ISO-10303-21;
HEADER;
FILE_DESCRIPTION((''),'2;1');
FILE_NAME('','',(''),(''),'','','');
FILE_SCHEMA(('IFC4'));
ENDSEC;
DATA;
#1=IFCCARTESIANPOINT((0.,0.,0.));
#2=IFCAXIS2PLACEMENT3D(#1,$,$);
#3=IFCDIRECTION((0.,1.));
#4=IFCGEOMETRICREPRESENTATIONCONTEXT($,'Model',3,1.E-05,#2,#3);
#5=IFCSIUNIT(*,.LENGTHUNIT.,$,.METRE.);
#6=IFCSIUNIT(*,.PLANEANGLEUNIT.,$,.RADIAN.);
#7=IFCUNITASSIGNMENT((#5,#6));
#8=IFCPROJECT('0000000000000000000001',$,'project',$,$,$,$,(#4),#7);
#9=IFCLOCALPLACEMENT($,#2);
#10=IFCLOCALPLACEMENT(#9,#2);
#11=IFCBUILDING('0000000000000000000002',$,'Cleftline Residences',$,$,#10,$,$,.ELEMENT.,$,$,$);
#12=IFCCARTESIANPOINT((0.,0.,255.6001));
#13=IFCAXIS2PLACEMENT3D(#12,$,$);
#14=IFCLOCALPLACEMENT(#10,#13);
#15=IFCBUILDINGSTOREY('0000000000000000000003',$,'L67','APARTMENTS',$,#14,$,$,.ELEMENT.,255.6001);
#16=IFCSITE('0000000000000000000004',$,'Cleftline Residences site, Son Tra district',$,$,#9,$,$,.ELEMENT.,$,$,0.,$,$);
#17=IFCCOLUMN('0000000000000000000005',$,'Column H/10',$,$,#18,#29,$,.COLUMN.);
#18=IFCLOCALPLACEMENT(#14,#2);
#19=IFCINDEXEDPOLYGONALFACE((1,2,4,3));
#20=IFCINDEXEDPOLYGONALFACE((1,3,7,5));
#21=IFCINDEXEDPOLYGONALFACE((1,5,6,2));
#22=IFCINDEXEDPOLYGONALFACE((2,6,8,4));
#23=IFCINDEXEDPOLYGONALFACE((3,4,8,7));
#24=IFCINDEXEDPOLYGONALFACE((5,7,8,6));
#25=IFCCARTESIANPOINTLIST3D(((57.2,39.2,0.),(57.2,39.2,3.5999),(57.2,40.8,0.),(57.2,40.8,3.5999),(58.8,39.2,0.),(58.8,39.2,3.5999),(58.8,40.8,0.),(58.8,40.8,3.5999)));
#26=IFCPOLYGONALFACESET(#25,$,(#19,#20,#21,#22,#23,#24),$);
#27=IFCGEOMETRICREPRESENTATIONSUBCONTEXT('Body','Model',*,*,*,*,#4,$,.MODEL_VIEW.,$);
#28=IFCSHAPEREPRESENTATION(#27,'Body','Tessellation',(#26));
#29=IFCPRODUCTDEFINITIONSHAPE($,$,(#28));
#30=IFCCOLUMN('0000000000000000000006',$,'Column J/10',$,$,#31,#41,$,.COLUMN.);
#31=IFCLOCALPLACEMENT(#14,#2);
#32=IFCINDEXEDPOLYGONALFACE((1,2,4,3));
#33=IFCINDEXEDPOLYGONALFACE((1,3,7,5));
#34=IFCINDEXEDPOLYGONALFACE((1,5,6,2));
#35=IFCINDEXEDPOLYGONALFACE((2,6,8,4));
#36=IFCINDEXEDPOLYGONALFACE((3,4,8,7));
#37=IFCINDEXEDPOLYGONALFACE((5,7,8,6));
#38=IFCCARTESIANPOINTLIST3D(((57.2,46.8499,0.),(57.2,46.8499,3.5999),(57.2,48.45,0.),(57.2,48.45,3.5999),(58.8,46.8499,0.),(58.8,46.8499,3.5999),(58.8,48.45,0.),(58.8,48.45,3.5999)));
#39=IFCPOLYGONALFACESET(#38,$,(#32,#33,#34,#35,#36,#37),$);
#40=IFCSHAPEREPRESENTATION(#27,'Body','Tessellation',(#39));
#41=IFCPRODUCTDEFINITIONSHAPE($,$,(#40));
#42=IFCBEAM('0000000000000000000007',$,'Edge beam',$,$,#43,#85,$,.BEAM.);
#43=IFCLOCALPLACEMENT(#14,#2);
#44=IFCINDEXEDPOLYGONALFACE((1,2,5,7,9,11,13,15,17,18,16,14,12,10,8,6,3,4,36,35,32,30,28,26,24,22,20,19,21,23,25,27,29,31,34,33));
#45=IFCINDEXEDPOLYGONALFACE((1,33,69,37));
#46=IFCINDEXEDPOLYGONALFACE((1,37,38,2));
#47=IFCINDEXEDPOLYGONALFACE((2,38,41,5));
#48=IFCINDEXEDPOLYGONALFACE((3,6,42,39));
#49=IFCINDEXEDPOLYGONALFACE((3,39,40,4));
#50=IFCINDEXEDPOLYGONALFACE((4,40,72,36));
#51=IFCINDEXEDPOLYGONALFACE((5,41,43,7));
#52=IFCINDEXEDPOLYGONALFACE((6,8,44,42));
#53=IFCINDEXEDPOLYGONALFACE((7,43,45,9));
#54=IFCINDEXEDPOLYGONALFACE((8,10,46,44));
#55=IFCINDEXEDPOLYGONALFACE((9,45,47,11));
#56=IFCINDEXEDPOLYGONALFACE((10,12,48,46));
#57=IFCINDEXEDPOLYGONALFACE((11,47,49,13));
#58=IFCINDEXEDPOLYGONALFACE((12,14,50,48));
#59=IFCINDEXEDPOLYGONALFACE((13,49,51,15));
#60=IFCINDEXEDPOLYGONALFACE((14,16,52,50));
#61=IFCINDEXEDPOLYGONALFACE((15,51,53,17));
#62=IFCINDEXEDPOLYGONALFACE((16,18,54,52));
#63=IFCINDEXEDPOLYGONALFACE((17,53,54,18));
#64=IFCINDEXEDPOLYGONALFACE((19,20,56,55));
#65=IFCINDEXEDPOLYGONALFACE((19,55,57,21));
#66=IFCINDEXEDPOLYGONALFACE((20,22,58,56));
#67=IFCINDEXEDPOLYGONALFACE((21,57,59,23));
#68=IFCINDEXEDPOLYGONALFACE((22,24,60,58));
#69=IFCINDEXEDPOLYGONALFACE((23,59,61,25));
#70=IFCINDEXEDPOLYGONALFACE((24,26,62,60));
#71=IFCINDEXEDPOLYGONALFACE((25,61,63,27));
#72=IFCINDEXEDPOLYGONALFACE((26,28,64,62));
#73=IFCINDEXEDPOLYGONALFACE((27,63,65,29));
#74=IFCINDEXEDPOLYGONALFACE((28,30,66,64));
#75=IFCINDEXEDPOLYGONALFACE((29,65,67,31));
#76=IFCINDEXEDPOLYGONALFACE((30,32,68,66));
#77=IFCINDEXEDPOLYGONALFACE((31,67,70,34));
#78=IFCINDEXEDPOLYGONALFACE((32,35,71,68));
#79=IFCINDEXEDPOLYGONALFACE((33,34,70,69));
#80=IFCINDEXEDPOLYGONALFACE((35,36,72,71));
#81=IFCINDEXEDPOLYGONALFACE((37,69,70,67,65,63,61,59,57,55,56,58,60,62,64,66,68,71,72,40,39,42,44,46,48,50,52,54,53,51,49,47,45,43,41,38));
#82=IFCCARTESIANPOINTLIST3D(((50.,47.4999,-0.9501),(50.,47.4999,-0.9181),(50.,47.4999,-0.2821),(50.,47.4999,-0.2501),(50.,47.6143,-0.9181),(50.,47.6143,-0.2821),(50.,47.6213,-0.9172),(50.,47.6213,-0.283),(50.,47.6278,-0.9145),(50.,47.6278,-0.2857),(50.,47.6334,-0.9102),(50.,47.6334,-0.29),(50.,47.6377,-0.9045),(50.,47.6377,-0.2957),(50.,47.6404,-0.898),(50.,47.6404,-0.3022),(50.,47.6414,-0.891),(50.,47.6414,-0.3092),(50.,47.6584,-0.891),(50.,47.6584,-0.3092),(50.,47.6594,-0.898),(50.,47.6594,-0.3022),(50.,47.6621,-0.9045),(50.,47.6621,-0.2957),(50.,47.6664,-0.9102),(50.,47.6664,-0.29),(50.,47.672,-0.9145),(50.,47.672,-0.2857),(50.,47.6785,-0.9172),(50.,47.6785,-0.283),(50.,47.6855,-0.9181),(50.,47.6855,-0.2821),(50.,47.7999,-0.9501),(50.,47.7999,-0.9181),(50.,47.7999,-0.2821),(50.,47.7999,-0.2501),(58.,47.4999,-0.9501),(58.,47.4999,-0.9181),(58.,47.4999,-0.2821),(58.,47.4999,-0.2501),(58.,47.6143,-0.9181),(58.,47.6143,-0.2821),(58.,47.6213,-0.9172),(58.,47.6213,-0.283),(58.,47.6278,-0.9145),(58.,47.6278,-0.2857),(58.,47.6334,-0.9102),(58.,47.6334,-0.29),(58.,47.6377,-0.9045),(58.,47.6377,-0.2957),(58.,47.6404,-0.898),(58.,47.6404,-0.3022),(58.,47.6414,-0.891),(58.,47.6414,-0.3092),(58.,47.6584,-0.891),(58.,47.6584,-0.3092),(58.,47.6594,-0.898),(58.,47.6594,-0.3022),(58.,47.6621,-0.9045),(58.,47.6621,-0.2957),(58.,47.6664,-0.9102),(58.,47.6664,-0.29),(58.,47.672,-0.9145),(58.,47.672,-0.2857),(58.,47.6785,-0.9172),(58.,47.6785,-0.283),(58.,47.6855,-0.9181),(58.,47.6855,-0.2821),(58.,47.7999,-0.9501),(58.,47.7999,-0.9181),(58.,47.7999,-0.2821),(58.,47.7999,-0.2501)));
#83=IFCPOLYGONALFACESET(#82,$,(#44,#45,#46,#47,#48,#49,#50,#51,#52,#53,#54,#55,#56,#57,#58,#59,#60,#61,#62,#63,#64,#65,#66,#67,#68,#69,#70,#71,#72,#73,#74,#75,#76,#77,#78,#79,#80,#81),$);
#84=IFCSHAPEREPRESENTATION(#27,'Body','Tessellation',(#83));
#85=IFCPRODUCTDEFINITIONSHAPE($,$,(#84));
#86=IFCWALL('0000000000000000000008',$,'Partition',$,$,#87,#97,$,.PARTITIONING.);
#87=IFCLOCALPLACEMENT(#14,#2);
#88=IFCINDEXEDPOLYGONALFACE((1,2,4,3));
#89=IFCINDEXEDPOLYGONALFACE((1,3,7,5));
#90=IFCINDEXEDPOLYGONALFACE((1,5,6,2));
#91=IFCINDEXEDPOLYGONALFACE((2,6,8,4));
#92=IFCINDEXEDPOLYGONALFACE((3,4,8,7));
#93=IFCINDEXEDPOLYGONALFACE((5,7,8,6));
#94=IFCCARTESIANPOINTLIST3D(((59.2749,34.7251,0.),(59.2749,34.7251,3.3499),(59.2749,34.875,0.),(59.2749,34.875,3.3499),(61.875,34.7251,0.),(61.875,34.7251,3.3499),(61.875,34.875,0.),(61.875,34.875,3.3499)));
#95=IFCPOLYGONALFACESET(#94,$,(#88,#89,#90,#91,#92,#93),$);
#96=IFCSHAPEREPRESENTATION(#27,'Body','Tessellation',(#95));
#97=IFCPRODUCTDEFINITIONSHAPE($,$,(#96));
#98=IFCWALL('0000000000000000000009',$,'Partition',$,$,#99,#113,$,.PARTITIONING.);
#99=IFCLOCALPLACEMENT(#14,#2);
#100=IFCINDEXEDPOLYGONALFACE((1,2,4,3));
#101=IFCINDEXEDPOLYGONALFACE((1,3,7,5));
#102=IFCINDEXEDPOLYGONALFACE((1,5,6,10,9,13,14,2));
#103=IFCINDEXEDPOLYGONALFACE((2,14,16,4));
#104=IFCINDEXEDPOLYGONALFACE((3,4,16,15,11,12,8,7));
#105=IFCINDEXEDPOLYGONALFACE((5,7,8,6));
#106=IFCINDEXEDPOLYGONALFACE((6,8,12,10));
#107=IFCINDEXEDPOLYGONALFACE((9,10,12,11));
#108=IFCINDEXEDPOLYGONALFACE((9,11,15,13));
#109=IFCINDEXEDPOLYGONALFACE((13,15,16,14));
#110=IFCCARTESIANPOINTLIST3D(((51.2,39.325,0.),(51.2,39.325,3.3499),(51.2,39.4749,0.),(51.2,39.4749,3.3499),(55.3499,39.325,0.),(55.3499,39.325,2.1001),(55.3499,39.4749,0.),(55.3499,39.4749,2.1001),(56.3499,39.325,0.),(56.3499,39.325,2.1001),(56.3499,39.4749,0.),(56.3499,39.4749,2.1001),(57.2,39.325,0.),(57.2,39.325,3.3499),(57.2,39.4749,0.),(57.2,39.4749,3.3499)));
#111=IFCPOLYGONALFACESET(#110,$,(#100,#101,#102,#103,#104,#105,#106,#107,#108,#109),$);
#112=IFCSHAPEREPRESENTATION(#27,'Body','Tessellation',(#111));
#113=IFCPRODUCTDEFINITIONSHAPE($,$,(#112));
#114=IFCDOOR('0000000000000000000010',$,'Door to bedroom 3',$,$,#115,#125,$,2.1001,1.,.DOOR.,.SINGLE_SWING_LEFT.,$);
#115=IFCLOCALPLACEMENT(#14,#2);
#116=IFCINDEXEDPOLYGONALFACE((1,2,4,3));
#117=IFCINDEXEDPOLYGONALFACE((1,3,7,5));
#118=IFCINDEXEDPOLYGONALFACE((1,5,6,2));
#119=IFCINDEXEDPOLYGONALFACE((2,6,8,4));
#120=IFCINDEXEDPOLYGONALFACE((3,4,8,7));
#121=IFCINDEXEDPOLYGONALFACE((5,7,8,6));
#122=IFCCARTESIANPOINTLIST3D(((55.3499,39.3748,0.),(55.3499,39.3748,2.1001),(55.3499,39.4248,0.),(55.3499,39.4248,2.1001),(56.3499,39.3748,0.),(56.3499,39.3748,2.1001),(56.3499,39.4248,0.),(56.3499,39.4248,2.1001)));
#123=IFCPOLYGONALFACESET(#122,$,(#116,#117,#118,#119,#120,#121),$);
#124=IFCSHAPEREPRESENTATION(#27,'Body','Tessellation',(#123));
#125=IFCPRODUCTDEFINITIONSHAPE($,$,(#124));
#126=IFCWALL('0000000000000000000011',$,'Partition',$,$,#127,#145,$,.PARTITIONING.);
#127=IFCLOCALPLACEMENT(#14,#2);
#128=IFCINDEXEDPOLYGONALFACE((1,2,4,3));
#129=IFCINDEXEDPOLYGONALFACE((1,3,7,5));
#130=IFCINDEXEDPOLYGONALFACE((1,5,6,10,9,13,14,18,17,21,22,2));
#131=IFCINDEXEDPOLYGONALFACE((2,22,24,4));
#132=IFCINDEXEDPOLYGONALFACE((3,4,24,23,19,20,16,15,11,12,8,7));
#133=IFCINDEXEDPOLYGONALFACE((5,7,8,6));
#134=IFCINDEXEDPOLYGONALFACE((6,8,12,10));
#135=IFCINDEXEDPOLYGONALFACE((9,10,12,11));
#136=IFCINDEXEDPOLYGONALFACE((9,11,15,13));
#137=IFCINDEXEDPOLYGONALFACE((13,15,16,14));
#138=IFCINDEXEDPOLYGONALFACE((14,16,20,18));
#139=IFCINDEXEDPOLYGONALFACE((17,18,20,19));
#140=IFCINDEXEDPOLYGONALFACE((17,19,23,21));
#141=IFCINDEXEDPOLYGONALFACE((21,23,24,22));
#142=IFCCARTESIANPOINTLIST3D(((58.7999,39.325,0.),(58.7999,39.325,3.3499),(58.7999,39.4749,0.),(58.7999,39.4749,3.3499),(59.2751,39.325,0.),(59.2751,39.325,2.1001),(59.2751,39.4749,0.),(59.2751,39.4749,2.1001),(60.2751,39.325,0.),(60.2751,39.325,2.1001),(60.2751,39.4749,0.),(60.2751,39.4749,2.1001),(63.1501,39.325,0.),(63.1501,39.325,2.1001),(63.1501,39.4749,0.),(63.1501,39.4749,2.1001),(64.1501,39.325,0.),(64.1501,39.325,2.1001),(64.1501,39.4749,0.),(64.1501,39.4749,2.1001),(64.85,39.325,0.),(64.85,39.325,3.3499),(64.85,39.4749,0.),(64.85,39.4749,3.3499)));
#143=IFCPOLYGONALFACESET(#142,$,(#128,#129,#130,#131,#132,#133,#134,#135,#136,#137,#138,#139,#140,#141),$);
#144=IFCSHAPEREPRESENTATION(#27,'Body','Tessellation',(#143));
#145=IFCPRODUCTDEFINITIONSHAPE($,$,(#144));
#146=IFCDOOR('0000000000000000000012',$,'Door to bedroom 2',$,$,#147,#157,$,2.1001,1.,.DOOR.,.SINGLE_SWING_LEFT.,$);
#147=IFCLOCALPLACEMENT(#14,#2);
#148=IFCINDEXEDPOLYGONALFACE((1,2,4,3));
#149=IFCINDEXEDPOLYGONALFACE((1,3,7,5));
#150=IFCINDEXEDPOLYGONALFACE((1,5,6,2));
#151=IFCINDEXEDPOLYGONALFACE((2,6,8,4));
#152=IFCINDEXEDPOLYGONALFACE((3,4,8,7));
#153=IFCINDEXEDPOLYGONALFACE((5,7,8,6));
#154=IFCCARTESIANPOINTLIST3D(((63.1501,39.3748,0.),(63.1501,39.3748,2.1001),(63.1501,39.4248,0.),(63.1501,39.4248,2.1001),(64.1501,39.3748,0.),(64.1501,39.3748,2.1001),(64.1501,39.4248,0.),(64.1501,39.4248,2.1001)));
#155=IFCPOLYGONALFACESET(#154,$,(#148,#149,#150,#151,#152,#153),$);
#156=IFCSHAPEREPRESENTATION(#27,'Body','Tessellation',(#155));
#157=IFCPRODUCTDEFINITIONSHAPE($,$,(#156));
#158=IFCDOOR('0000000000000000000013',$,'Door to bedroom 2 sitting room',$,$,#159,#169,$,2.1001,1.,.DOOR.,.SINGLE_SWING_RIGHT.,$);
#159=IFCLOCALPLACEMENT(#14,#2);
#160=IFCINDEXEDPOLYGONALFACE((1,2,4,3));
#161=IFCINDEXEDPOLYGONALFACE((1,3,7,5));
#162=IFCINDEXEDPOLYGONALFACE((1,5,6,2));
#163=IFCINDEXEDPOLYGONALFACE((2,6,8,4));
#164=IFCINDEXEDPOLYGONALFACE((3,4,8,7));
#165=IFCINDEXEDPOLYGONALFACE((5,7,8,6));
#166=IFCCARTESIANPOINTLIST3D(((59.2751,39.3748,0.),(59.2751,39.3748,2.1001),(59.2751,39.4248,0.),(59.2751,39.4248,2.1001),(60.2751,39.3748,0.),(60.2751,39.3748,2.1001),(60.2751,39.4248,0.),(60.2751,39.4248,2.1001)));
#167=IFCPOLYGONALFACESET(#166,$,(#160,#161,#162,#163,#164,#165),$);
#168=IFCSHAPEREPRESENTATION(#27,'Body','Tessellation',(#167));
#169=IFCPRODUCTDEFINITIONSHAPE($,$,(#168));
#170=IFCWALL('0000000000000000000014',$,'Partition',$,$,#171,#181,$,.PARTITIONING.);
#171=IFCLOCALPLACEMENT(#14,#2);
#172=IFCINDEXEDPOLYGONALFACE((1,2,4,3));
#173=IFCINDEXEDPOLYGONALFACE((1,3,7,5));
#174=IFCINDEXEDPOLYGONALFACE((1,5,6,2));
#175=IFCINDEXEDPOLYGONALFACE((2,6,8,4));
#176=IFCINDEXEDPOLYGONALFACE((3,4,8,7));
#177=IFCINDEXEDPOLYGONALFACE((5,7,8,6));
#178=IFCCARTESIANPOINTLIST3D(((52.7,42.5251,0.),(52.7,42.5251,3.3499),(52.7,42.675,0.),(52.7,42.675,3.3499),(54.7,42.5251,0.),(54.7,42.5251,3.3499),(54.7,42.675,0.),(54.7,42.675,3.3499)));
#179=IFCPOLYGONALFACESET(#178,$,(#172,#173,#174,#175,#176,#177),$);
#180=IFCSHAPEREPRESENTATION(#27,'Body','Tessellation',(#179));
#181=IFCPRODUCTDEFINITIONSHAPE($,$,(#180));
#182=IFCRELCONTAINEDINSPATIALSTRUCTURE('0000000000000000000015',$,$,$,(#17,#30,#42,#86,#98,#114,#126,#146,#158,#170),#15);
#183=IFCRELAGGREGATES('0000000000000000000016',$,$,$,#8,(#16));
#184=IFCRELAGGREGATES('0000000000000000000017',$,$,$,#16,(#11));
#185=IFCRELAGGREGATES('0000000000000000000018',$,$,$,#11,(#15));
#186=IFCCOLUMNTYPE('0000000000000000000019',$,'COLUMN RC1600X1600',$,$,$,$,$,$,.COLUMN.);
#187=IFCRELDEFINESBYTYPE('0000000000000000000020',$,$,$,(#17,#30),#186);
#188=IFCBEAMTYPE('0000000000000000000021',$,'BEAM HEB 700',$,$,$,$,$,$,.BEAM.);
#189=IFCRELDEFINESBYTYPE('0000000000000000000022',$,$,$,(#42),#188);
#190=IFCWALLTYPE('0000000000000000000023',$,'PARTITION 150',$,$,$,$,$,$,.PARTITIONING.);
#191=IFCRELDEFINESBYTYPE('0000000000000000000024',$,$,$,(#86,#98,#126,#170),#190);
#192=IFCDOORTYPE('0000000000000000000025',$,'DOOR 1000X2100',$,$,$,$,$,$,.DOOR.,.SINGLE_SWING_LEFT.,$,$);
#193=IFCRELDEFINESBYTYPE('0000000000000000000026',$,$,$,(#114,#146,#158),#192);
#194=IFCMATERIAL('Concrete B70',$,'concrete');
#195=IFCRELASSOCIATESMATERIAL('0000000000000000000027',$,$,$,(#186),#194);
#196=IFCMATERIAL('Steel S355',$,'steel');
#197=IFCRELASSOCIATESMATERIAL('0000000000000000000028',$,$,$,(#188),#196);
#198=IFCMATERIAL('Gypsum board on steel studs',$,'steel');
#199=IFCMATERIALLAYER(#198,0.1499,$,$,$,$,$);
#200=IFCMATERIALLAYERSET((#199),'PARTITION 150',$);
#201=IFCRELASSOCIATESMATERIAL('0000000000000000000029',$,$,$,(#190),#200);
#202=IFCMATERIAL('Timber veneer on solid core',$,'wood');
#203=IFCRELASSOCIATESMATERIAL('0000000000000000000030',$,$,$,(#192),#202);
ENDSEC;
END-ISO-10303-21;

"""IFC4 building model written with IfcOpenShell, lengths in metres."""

from ifc_helpers import new_model, si_unit, direction, frame, frame_2d, origin, origin_2d, place, context, subcontext, project, spatial, rectangle, i_section, extrude, material, layer, layer_set, material_profile, profile_set, type_object, element, fill, save


model = new_model("IFC4")

# Units and contexts
model_context = context("Model", 3, precision=1e-05, world=origin(), true_north=direction((0.0, 1.0)))
body_context = subcontext(model_context, "Body", "Model", "MODEL_VIEW")
ifc_project = project(units=[si_unit("LENGTHUNIT", "METRE"), si_unit("PLANEANGLEUNIT", "RADIAN")], contexts=[model_context])

# Site, building, storey
site_placement = place(None, origin())
site = spatial("IfcSite", under=ifc_project, at=site_placement, Name="Cleftline Residences site, Son Tra district", CompositionType="ELEMENT", RefElevation=0.0)
building_placement = place(site_placement, origin())
building = spatial("IfcBuilding", under=site, at=building_placement, Name="Cleftline Residences", CompositionType="ELEMENT")
storey_placement = place(building_placement, frame((0.0, 0.0, 255.6001)))
storey = spatial("IfcBuildingStorey", under=building, at=storey_placement, Name="L67", Description="APARTMENTS", CompositionType="ELEMENT", Elevation=255.6001)

# Columns
ifc_material_1 = material(Name="Concrete B70", Category="concrete")
ifc_material_profile_1 = material_profile(ifc_material_1, rectangle(XDim=1.6001, YDim=1.6001, at=origin_2d()))
ifc_profile_set_1 = profile_set([ifc_material_profile_1], Name="Concrete B70")
column_type = type_object("IfcColumnType", Name="COLUMN RC1600X1600", PredefinedType="COLUMN", material=ifc_profile_set_1)
for number, where, z_axis, x_axis, name in (
    (1, (58.0, 40.0, 0.0), (0.0, 0.0, 1.0), (1.0, 0.0, 0.0), "Column H/10"),
    (2, (58.0, 47.6499, 0.0), (0.0, 0.0, 1.0), (1.0, 0.0, 0.0), "Column J/10"),
):
    element("IfcColumn", number, at=place(storey_placement, frame(where, z_axis=z_axis, x_axis=x_axis)), inside=storey, type_object=column_type, Name=name, PredefinedType="COLUMN", context=body_context, shape_type="SweptSolid", body=[
        extrude(rectangle(XDim=1.6001, YDim=1.6001, at=origin_2d()), origin(), (0.0, 0.0, 1.0), 3.5999),
    ])

# Beam
ifc_material_2 = material(Name="Steel S355", Category="steel")
ifc_material_profile_2 = material_profile(ifc_material_2, i_section(OverallWidth=0.3, OverallDepth=0.7, WebThickness=0.0171, FlangeThickness=0.032, FilletRadius=0.0271, at=origin_2d()))
ifc_profile_set_2 = profile_set([ifc_material_profile_2], Name="Steel S355")
beam_type = type_object("IfcBeamType", Name="BEAM HEB 700", PredefinedType="BEAM", material=ifc_profile_set_2)
beam_placement = place(storey_placement, frame((58.0, 47.6499, -0.6001), z_axis=(-1.0, 0.0, 0.0), x_axis=(0.0, -1.0, 0.0)))
element("IfcBeam", 3, at=beam_placement, inside=storey, type_object=beam_type, Name="Edge beam", PredefinedType="BEAM", context=body_context, shape_type="SweptSolid", body=[
    extrude(i_section(OverallWidth=0.3, OverallDepth=0.7, WebThickness=0.0171, FlangeThickness=0.032, FilletRadius=0.0271, at=origin_2d()), origin(), (0.0, 0.0, 1.0), 8.0),
])

# Wall
ifc_material_3 = material(Name="Gypsum board on steel studs", Category="steel")
ifc_layer = layer(ifc_material_3, 0.1499)
ifc_layer_set = layer_set([ifc_layer], Name="PARTITION 150")
wall_type = type_object("IfcWallType", Name="PARTITION 150", PredefinedType="PARTITIONING", material=ifc_layer_set)
wall_1_placement = place(storey_placement, frame((59.2749, 34.8, 0.0), z_axis=(0.0, 0.0, 1.0), x_axis=(1.0, 0.0, 0.0)))
element("IfcWall", 4, at=wall_1_placement, inside=storey, type_object=wall_type, Name="Partition", PredefinedType="PARTITIONING", context=body_context, shape_type="SweptSolid", body=[
    extrude(rectangle(XDim=2.6001, YDim=0.1499, at=frame_2d((1.3, 0.0))), origin(), (0.0, 0.0, 1.0), 3.3499),
])

# Wall, opening, door
wall_2_placement = place(storey_placement, frame((51.2, 39.3999, 0.0), z_axis=(0.0, 0.0, 1.0), x_axis=(1.0, 0.0, 0.0)))
wall_2 = element("IfcWall", 5, at=wall_2_placement, inside=storey, type_object=wall_type, Name="Partition", PredefinedType="PARTITIONING", context=body_context, shape_type="SweptSolid", body=[
    extrude(rectangle(XDim=6.0, YDim=0.1499, at=frame_2d((3.0, 0.0))), origin(), (0.0, 0.0, 1.0), 3.3499),
])
opening_1_placement = place(wall_2_placement, frame((4.1499, 0.0, 0.0)))
opening_1 = element("IfcOpeningElement", 6, at=opening_1_placement, cuts=wall_2, PredefinedType="OPENING", context=body_context, shape_type="SweptSolid", body=[
    extrude(rectangle(XDim=1.0, YDim=2.1001, at=frame_2d((0.5, 1.05))), frame((0.0, 0.085, 0.0), z_axis=(0.0, -1.0, 0.0), x_axis=(1.0, 0.0, 0.0)), (0.0, 0.0, 1.0), 0.1699),
])
ifc_material_4 = material(Name="Timber veneer on solid core", Category="wood")
door_type_1 = type_object("IfcDoorType", Name="DOOR 1000X2100", OperationType="SINGLE_SWING_LEFT", PredefinedType="DOOR", material=ifc_material_4)
door_1_placement = place(opening_1_placement, origin())
door_1 = element("IfcDoor", 7, at=door_1_placement, inside=storey, type_object=door_type_1, Name="Door to bedroom 3", OperationType="SINGLE_SWING_LEFT", OverallHeight=2.1001, OverallWidth=1.0, PredefinedType="DOOR", context=body_context, shape_type="SweptSolid", body=[
    extrude(rectangle(XDim=1.0, YDim=2.1001, at=frame_2d((0.5, 1.05))), frame((0.0, 0.0249, 0.0), z_axis=(0.0, -1.0, 0.0), x_axis=(1.0, 0.0, 0.0)), (0.0, 0.0, 1.0), 0.05),
])
fill(opening_1, door_1)

# Wall, openings, doors
wall_3_placement = place(storey_placement, frame((58.8, 39.3999, 0.0), z_axis=(0.0, 0.0, 1.0), x_axis=(1.0, 0.0, 0.0)))
wall_3 = element("IfcWall", 8, at=wall_3_placement, inside=storey, type_object=wall_type, Name="Partition", PredefinedType="PARTITIONING", context=body_context, shape_type="SweptSolid", body=[
    extrude(rectangle(XDim=6.05, YDim=0.1499, at=frame_2d((3.0249, 0.0))), origin(), (0.0, 0.0, 1.0), 3.3499),
])
opening_2_placement = place(wall_3_placement, frame((4.3501, 0.0, 0.0)))
opening_2 = element("IfcOpeningElement", 9, at=opening_2_placement, cuts=wall_3, PredefinedType="OPENING", context=body_context, shape_type="SweptSolid", body=[
    extrude(rectangle(XDim=1.0, YDim=2.1001, at=frame_2d((0.5, 1.05))), frame((0.0, 0.085, 0.0), z_axis=(0.0, -1.0, 0.0), x_axis=(1.0, 0.0, 0.0)), (0.0, 0.0, 1.0), 0.1699),
])
opening_3_placement = place(wall_3_placement, frame((0.4751, 0.0, 0.0)))
opening_3 = element("IfcOpeningElement", 10, at=opening_3_placement, cuts=wall_3, PredefinedType="OPENING", context=body_context, shape_type="SweptSolid", body=[
    extrude(rectangle(XDim=1.0, YDim=2.1001, at=frame_2d((0.5, 1.05))), frame((0.0, 0.085, 0.0), z_axis=(0.0, -1.0, 0.0), x_axis=(1.0, 0.0, 0.0)), (0.0, 0.0, 1.0), 0.1699),
])
door_2_placement = place(opening_2_placement, origin())
door_2 = element("IfcDoor", 11, at=door_2_placement, inside=storey, type_object=door_type_1, Name="Door to bedroom 2", OperationType="SINGLE_SWING_LEFT", OverallHeight=2.1001, OverallWidth=1.0, PredefinedType="DOOR", context=body_context, shape_type="SweptSolid", body=[
    extrude(rectangle(XDim=1.0, YDim=2.1001, at=frame_2d((0.5, 1.05))), frame((0.0, 0.0249, 0.0), z_axis=(0.0, -1.0, 0.0), x_axis=(1.0, 0.0, 0.0)), (0.0, 0.0, 1.0), 0.05),
])
fill(opening_2, door_2)
door_3_placement = place(opening_3_placement, origin())
door_3 = element("IfcDoor", 12, at=door_3_placement, inside=storey, type_object=door_type_1, Name="Door to bedroom 2 sitting room", OperationType="SINGLE_SWING_RIGHT", OverallHeight=2.1001, OverallWidth=1.0, PredefinedType="DOOR", context=body_context, shape_type="SweptSolid", body=[
    extrude(rectangle(XDim=1.0, YDim=2.1001, at=frame_2d((0.5, 1.05))), frame((0.0, 0.0249, 0.0), z_axis=(0.0, -1.0, 0.0), x_axis=(1.0, 0.0, 0.0)), (0.0, 0.0, 1.0), 0.05),
])
fill(opening_3, door_3)

# Wall
wall_4_placement = place(storey_placement, frame((52.7, 42.6001, 0.0), z_axis=(0.0, 0.0, 1.0), x_axis=(1.0, 0.0, 0.0)))
element("IfcWall", 13, at=wall_4_placement, inside=storey, type_object=wall_type, Name="Partition", PredefinedType="PARTITIONING", context=body_context, shape_type="SweptSolid", body=[
    extrude(rectangle(XDim=2.0, YDim=0.1499, at=frame_2d((1.0, 0.0))), origin(), (0.0, 0.0, 1.0), 3.3499),
])

save(model, "model.ifc")
